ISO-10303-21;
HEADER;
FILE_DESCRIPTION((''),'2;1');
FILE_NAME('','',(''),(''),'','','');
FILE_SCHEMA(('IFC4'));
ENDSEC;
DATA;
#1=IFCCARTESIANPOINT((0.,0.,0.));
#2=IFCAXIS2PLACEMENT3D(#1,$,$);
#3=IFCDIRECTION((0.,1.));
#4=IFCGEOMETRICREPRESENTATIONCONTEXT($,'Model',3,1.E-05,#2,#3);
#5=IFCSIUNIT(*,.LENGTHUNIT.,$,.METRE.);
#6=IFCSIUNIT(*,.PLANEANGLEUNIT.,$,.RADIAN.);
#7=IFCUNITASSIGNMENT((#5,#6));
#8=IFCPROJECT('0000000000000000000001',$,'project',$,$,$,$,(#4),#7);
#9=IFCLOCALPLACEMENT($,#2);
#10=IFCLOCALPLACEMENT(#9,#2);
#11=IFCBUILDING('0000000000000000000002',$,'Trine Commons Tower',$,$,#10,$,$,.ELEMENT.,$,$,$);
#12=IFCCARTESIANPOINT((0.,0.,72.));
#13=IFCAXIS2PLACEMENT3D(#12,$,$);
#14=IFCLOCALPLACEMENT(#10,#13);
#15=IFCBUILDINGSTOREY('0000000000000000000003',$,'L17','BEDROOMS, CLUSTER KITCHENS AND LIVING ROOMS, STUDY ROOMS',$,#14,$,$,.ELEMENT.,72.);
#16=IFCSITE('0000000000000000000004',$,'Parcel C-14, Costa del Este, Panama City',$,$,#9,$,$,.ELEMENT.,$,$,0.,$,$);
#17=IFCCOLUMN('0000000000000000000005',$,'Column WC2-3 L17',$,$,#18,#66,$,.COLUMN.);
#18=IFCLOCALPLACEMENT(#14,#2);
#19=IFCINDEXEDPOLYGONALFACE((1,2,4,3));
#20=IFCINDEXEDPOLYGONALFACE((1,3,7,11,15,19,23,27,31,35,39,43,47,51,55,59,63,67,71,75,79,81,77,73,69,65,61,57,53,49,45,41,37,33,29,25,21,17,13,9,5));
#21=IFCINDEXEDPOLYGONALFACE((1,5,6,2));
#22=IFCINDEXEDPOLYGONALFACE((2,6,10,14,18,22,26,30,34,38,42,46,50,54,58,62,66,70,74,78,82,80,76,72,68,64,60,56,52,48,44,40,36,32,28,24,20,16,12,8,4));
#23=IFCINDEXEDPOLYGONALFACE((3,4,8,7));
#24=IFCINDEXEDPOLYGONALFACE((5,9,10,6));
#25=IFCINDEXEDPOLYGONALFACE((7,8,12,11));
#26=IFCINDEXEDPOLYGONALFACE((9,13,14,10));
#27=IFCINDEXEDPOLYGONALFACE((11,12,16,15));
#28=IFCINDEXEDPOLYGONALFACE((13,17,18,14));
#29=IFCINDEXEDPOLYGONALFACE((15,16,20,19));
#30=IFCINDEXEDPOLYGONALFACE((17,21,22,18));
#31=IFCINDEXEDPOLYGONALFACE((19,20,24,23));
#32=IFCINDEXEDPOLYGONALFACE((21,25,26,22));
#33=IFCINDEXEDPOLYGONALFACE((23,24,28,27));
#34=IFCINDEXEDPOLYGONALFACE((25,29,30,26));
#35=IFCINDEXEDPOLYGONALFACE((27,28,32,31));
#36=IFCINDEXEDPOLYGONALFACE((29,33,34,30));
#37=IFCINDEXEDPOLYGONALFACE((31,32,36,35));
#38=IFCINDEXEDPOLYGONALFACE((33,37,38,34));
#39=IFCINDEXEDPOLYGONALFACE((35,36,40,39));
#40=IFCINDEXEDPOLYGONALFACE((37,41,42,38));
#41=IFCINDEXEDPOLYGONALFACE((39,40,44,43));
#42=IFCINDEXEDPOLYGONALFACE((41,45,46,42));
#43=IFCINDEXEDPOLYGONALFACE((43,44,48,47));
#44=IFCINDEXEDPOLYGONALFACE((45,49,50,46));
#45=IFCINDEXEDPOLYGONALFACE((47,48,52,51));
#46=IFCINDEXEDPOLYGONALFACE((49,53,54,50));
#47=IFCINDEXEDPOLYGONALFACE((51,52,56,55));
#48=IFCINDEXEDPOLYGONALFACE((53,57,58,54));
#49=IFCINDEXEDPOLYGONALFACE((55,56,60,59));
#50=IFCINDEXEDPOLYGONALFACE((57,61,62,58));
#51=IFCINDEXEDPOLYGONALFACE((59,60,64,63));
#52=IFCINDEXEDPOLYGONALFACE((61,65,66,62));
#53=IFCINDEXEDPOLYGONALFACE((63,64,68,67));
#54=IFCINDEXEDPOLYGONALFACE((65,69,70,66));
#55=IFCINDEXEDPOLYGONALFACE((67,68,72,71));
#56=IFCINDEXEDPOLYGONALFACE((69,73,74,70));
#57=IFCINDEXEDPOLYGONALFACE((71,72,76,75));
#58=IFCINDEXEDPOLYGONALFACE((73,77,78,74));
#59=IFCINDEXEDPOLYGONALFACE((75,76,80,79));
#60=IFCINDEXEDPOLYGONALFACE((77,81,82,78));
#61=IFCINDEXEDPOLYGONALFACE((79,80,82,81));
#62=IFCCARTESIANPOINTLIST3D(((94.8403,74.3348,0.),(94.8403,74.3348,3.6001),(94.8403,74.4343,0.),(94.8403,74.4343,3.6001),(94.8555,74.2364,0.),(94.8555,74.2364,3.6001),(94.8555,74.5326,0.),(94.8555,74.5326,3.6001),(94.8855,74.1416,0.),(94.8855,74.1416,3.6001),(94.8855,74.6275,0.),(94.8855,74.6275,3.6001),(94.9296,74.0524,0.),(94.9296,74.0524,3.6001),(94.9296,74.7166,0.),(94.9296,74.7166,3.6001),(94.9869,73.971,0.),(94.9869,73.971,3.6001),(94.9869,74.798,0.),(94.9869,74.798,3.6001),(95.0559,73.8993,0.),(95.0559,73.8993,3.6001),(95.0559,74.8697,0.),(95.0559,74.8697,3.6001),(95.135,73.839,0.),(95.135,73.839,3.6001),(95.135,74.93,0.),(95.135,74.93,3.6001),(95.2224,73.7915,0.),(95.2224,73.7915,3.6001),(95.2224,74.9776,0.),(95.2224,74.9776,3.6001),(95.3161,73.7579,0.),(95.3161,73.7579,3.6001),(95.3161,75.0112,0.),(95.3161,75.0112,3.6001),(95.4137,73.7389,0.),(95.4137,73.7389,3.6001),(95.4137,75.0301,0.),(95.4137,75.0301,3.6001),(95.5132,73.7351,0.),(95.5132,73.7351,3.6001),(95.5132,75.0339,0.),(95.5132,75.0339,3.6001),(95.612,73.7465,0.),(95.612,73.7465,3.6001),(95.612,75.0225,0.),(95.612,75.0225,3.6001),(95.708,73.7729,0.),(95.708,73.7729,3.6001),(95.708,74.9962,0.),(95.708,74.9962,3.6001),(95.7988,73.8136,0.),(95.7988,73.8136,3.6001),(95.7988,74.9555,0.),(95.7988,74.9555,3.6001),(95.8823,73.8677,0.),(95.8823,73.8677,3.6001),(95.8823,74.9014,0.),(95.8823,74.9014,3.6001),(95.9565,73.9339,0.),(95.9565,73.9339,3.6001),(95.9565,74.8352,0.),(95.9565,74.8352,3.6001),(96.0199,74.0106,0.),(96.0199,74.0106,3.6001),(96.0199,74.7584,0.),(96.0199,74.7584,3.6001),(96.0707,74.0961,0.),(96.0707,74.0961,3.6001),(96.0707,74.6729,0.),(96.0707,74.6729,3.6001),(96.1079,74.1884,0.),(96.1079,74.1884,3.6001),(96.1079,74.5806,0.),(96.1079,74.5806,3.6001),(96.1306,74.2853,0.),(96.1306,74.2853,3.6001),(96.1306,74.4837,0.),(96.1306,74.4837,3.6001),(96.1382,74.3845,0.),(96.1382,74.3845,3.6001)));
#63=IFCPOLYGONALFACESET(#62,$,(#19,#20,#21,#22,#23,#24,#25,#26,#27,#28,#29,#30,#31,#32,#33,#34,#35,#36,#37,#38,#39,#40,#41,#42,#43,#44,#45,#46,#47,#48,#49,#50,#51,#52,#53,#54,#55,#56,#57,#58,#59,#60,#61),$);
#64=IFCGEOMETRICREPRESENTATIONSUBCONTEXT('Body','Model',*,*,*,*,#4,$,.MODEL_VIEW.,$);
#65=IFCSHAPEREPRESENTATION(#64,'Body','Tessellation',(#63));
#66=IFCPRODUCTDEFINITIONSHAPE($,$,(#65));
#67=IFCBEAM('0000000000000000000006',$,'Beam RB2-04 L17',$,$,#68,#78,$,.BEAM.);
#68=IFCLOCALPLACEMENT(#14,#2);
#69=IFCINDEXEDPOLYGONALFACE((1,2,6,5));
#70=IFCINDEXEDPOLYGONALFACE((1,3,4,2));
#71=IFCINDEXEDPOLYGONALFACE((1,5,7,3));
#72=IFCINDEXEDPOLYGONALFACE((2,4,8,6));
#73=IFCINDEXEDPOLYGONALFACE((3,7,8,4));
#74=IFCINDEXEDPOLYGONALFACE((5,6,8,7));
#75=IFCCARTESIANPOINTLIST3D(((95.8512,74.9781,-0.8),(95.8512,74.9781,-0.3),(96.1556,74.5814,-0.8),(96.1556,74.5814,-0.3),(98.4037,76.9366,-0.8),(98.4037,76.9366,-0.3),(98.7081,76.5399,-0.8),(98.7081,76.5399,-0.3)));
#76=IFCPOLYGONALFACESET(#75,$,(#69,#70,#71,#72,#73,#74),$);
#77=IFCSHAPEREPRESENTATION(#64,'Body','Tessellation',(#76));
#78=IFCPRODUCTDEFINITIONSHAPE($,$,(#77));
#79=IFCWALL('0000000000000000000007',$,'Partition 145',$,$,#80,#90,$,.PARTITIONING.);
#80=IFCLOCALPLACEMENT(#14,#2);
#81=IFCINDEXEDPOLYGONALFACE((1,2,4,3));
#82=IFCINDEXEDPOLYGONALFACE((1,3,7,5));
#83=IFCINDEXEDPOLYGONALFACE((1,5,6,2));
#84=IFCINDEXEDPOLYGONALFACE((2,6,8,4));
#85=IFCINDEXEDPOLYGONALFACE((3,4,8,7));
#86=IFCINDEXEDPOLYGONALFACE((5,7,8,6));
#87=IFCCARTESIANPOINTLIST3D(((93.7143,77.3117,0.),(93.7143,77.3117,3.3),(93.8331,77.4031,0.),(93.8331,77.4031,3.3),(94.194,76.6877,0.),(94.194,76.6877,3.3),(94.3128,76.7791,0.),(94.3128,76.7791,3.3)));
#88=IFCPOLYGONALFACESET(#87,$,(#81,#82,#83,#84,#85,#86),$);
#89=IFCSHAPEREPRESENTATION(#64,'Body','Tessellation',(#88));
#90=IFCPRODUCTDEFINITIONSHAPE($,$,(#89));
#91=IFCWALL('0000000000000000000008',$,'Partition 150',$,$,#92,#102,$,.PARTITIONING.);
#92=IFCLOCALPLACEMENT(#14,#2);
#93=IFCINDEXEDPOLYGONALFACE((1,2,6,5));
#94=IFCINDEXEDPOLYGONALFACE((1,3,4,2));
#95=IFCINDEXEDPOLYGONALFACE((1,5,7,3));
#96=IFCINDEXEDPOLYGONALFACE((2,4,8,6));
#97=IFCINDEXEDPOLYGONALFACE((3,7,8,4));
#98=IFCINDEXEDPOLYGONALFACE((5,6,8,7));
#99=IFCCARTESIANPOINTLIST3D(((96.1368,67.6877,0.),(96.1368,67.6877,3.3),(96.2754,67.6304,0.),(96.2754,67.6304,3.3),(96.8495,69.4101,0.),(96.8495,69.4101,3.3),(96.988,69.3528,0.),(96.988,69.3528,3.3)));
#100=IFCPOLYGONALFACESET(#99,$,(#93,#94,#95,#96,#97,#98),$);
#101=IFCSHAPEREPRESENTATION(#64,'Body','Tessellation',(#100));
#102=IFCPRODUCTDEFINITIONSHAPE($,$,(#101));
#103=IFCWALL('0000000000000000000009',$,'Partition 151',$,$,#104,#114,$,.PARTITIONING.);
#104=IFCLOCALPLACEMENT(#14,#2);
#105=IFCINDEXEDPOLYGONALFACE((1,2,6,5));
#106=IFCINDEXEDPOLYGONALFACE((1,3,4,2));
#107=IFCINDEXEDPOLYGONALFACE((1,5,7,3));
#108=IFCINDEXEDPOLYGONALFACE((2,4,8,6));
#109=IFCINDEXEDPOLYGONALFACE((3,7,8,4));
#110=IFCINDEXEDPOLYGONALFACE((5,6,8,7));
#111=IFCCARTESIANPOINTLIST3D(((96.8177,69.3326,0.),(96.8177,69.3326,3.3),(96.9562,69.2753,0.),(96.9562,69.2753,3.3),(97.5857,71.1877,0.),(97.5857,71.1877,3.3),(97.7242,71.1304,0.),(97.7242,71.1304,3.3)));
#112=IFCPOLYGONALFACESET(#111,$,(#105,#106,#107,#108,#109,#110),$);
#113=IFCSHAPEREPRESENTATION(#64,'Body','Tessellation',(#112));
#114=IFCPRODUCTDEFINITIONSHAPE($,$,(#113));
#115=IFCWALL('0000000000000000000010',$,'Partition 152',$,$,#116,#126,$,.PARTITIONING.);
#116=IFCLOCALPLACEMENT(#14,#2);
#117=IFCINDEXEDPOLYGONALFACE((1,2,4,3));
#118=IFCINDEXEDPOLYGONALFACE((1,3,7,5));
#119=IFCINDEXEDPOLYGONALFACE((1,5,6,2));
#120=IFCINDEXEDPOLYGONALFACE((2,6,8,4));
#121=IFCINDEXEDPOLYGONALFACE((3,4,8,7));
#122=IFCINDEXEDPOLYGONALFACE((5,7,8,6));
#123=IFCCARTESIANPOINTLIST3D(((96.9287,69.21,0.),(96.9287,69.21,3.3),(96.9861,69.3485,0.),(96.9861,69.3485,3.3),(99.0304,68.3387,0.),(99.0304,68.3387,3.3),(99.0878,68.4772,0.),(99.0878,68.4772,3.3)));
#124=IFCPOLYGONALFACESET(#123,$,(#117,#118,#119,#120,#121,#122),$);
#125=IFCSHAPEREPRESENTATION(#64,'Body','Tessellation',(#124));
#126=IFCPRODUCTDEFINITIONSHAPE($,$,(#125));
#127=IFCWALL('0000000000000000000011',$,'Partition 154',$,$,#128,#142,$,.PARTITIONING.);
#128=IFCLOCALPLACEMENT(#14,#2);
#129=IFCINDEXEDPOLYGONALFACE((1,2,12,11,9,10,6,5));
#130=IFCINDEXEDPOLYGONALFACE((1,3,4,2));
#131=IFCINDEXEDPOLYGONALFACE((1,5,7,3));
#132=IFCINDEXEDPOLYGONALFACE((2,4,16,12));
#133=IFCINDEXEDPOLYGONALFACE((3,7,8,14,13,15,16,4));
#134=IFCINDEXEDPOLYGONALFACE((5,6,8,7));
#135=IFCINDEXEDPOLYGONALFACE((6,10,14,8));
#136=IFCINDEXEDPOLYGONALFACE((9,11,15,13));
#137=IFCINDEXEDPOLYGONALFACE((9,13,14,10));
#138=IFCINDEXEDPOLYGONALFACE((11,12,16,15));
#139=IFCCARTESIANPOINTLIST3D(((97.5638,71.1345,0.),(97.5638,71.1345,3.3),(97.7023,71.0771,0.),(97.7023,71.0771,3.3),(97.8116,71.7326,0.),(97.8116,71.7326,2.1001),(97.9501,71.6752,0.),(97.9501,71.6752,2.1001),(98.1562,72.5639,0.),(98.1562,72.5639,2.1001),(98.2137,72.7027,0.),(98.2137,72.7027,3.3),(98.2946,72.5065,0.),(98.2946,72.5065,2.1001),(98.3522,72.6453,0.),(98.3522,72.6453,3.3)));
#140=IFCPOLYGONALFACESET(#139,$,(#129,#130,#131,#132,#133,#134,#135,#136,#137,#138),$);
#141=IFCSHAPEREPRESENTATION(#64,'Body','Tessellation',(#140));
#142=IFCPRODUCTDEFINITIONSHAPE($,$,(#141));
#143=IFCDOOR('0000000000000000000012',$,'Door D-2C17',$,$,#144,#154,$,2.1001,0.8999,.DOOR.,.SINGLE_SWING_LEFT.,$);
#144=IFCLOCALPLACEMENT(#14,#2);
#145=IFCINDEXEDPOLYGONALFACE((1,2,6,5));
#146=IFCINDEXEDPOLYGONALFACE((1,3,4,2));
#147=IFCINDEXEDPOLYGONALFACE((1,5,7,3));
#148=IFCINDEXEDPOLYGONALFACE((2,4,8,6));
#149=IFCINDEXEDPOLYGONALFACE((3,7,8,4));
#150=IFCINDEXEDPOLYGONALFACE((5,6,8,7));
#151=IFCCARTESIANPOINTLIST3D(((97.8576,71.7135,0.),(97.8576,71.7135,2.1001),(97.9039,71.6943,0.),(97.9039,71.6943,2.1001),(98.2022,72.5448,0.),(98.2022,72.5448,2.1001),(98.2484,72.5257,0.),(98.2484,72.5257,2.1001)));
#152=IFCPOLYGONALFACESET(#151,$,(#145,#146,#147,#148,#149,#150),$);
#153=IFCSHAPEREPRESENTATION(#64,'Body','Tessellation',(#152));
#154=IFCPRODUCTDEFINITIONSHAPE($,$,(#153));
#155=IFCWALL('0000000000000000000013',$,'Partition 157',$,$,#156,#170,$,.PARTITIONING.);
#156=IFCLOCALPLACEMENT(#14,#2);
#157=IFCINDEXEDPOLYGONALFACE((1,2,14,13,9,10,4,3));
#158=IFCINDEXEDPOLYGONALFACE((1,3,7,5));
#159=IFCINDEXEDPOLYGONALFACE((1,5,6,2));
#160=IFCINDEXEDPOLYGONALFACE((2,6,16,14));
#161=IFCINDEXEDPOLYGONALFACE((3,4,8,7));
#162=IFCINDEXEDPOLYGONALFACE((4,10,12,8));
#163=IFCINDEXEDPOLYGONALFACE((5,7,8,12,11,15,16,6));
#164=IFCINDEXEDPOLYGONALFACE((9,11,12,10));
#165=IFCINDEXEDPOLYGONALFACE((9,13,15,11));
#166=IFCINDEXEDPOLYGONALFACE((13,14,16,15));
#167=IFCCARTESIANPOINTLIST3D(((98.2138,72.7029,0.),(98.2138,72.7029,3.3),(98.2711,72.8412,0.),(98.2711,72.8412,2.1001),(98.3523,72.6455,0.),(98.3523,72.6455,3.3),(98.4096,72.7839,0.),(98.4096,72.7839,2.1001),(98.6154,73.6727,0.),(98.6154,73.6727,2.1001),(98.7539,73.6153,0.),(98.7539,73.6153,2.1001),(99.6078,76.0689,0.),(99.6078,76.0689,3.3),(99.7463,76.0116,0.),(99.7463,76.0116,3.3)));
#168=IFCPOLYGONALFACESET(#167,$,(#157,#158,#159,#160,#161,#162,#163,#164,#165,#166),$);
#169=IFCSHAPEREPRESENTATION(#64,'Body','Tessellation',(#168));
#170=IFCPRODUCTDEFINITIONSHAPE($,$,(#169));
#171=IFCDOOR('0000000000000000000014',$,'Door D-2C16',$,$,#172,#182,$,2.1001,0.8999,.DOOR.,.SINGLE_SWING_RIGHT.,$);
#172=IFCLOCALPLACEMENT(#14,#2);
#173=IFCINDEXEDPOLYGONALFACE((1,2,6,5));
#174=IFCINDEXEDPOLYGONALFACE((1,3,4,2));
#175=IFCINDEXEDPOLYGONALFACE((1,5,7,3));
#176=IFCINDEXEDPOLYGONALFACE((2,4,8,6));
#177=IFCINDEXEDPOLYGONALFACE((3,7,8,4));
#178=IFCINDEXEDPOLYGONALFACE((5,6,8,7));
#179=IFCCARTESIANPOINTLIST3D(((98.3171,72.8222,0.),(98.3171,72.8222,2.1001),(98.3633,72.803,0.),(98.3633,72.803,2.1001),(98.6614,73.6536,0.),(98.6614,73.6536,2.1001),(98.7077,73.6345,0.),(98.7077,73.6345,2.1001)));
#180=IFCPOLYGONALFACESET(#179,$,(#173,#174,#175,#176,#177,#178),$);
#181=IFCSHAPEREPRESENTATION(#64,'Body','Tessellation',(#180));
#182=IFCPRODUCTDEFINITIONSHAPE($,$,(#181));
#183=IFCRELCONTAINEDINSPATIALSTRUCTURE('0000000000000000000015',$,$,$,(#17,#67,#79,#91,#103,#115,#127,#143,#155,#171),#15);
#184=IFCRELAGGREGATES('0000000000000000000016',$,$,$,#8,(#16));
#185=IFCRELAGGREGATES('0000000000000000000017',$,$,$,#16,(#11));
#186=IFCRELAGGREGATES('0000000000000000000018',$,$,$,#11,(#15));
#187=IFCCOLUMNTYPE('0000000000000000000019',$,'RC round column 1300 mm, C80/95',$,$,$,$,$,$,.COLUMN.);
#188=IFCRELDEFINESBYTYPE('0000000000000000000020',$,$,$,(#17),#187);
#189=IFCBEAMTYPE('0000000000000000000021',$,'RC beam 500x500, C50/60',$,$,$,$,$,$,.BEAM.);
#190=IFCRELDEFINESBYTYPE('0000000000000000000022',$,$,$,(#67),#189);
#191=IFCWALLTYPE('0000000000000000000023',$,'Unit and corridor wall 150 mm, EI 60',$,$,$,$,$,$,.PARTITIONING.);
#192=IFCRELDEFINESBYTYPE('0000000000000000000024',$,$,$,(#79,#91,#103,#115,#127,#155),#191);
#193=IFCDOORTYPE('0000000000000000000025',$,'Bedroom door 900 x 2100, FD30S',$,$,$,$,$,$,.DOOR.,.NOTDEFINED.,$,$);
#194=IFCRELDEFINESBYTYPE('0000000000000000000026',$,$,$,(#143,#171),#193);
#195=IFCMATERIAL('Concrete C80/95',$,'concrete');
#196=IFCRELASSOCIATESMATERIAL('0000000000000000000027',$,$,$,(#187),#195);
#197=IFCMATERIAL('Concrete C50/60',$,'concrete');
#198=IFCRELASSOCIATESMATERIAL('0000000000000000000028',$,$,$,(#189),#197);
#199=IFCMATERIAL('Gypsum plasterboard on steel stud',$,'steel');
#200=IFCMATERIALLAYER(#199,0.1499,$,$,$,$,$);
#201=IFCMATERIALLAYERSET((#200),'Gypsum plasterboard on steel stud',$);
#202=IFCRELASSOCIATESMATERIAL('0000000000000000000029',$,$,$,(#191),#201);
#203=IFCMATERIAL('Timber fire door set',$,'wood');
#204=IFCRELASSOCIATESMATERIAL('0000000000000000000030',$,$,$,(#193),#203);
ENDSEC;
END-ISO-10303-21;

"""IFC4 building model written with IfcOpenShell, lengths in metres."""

from ifc_helpers import new_model, si_unit, direction, frame, frame_2d, origin, origin_2d, place, context, subcontext, project, spatial, rectangle, circle, extrude, material, layer, layer_set, material_profile, profile_set, type_object, element, fill, save


model = new_model("IFC4")

# Units and contexts
model_context = context("Model", 3, precision=1e-05, world=origin(), true_north=direction((0.0, 1.0)))
body_context = subcontext(model_context, "Body", "Model", "MODEL_VIEW")
ifc_project = project(units=[si_unit("LENGTHUNIT", "METRE"), si_unit("PLANEANGLEUNIT", "RADIAN")], contexts=[model_context])

# Site, building, storey
site_placement = place(None, origin())
site = spatial("IfcSite", under=ifc_project, at=site_placement, Name="Parcel C-14, Costa del Este, Panama City", CompositionType="ELEMENT", RefElevation=0.0)
building_placement = place(site_placement, origin())
building = spatial("IfcBuilding", under=site, at=building_placement, Name="Trine Commons Tower", CompositionType="ELEMENT")
storey_placement = place(building_placement, frame((0.0, 0.0, 72.0)))
storey = spatial("IfcBuildingStorey", under=building, at=storey_placement, Name="L17", Description="BEDROOMS, CLUSTER KITCHENS AND LIVING ROOMS, STUDY ROOMS", CompositionType="ELEMENT", Elevation=72.0)

# Column
ifc_material_1 = material(Name="Concrete C80/95", Category="concrete")
ifc_material_profile_1 = material_profile(ifc_material_1, circle(Radius=0.6499, at=origin_2d()), Name="RC round 1300")
ifc_profile_set_1 = profile_set([ifc_material_profile_1], Name="Concrete C80/95")
column_type = type_object("IfcColumnType", Name="RC round column 1300 mm, C80/95", PredefinedType="COLUMN", material=ifc_profile_set_1)
column_placement = place(storey_placement, frame((95.4883, 74.3845, 0.0), z_axis=(0.0, 0.0, 1.0), x_axis=(1.0, 0.0, 0.0)))
element("IfcColumn", 1, at=column_placement, inside=storey, type_object=column_type, Name="Column WC2-3 L17", PredefinedType="COLUMN", context=body_context, shape_type="SweptSolid", body=[
    extrude(circle(Radius=0.6499, at=origin_2d()), origin(), (0.0, 0.0, 1.0), 3.6001),
])

# Beam
ifc_material_2 = material(Name="Concrete C50/60", Category="concrete")
ifc_material_profile_2 = material_profile(ifc_material_2, rectangle(XDim=0.5, YDim=0.5, at=origin_2d()), Name="RC 500x500")
ifc_profile_set_2 = profile_set([ifc_material_profile_2], Name="Concrete C50/60")
beam_type = type_object("IfcBeamType", Name="RC beam 500x500, C50/60", PredefinedType="BEAM", material=ifc_profile_set_2)
beam_placement = place(storey_placement, frame((96.0034, 74.7798, -0.55), z_axis=(0.793368, 0.608742, 0.0), x_axis=(-0.608742, 0.793368, 0.0)))
element("IfcBeam", 2, at=beam_placement, inside=storey, type_object=beam_type, Name="Beam RB2-04 L17", PredefinedType="BEAM", context=body_context, shape_type="SweptSolid", body=[
    extrude(rectangle(XDim=0.5, YDim=0.5, at=origin_2d()), origin(), (0.0, 0.0, 1.0), 3.2173),
])

# Walls
ifc_material_3 = material(Name="Gypsum plasterboard on steel stud", Category="steel")
ifc_layer_1 = layer(ifc_material_3, 0.1499)
ifc_layer_set_1 = layer_set([ifc_layer_1], Name="Gypsum plasterboard on steel stud")
wall_type_1 = type_object("IfcWallType", Name="Unit and corridor wall 150 mm, EI 60", PredefinedType="PARTITIONING", material=ifc_layer_set_1)
wall_1_placement = place(storey_placement, frame((93.7737, 77.3574, 0.0), z_axis=(0.0, 0.0, 1.0), x_axis=(0.609486, -0.792797, 0.0)))
element("IfcWall", 3, at=wall_1_placement, inside=storey, type_object=wall_type_1, Name="Partition 145", PredefinedType="PARTITIONING", context=body_context, shape_type="SweptSolid", body=[
    extrude(rectangle(XDim=0.7871, YDim=0.1499, at=frame_2d((0.3936, 0.0))), origin(), (0.0, 0.0, 1.0), 3.3),
])
wall_2_placement = place(storey_placement, frame((96.2061, 67.6589, 0.0), z_axis=(0.0, 0.0, 1.0), x_axis=(0.382317, 0.924031, 0.0)))
element("IfcWall", 4, at=wall_2_placement, inside=storey, type_object=wall_type_1, Name="Partition 150", PredefinedType="PARTITIONING", context=body_context, shape_type="SweptSolid", body=[
    extrude(rectangle(XDim=1.864, YDim=0.1499, at=frame_2d((0.9321, 0.0))), origin(), (0.0, 0.0, 1.0), 3.3),
])
wall_3_placement = place(storey_placement, frame((96.887, 69.304, 0.0), z_axis=(0.0, 0.0, 1.0), x_axis=(0.382516, 0.923949, 0.0)))
element("IfcWall", 5, at=wall_3_placement, inside=storey, type_object=wall_type_1, Name="Partition 151", PredefinedType="PARTITIONING", context=body_context, shape_type="SweptSolid", body=[
    extrude(rectangle(XDim=2.0078, YDim=0.1499, at=frame_2d((1.0039, 0.0))), origin(), (0.0, 0.0, 1.0), 3.3),
])
wall_4_placement = place(storey_placement, frame((96.9573, 69.2793, 0.0), z_axis=(0.0, 0.0, 1.0), x_axis=(0.923764, -0.382961, 0.0)))
element("IfcWall", 6, at=wall_4_placement, inside=storey, type_object=wall_type_1, Name="Partition 152", PredefinedType="PARTITIONING", context=body_context, shape_type="SweptSolid", body=[
    extrude(rectangle(XDim=2.2751, YDim=0.1499, at=frame_2d((1.1377, 0.0))), origin(), (0.0, 0.0, 1.0), 3.3),
])

# Walls, openings, doors
wall_5_placement = place(storey_placement, frame((97.6331, 71.106, 0.0), z_axis=(0.0, 0.0, 1.0), x_axis=(0.382868, 0.923803, 0.0)))
wall_5 = element("IfcWall", 7, at=wall_5_placement, inside=storey, type_object=wall_type_1, Name="Partition 154", PredefinedType="PARTITIONING", context=body_context, shape_type="SweptSolid", body=[
    extrude(rectangle(XDim=1.6975, YDim=0.1499, at=frame_2d((0.8486, 0.0))), origin(), (0.0, 0.0, 1.0), 3.3),
])
opening_1_placement = place(wall_5_placement, frame((0.6472, 0.0, 0.0)))
opening_1 = element("IfcOpeningElement", 8, at=opening_1_placement, cuts=wall_5, PredefinedType="OPENING", context=body_context, shape_type="SweptSolid", body=[
    extrude(rectangle(XDim=0.8999, YDim=2.1001, at=frame_2d((0.45, 1.05))), frame((0.0, 0.085, 0.0), z_axis=(0.0, -1.0, 0.0), x_axis=(1.0, 0.0, 0.0)), (0.0, 0.0, 1.0), 0.1699),
])
ifc_material_4 = material(Name="Timber fire door set", Category="wood")
door_type_1 = type_object("IfcDoorType", Name="Bedroom door 900 x 2100, FD30S", OperationType="NOTDEFINED", PredefinedType="DOOR", material=ifc_material_4)
door_1_placement = place(opening_1_placement, frame((0.8999, 0.0, 0.0), z_axis=(0.0, 0.0, 1.0), x_axis=(-1.0, 0.0, 0.0)))
door_1 = element("IfcDoor", 9, at=door_1_placement, inside=storey, type_object=door_type_1, Name="Door D-2C17", OperationType="SINGLE_SWING_LEFT", OverallHeight=2.1001, OverallWidth=0.8999, PredefinedType="DOOR", context=body_context, shape_type="SweptSolid", body=[
    extrude(rectangle(XDim=0.8999, YDim=2.1001, at=frame_2d((0.45, 1.05))), frame((0.0, 0.0249, 0.0), z_axis=(0.0, -1.0, 0.0), x_axis=(1.0, 0.0, 0.0)), (0.0, 0.0, 1.0), 0.05),
])
fill(opening_1, door_1)
wall_6_placement = place(storey_placement, frame((98.283, 72.6741, 0.0), z_axis=(0.0, 0.0, 1.0), x_axis=(0.38264, 0.923898, 0.0)))
wall_6 = element("IfcWall", 10, at=wall_6_placement, inside=storey, type_object=wall_type_1, Name="Partition 157", PredefinedType="PARTITIONING", context=body_context, shape_type="SweptSolid", body=[
    extrude(rectangle(XDim=3.6433, YDim=0.1499, at=frame_2d((1.8218, 0.0))), origin(), (0.0, 0.0, 1.0), 3.3),
])
opening_2_placement = place(wall_6_placement, frame((0.1499, 0.0, 0.0)))
opening_2 = element("IfcOpeningElement", 11, at=opening_2_placement, cuts=wall_6, PredefinedType="OPENING", context=body_context, shape_type="SweptSolid", body=[
    extrude(rectangle(XDim=0.8999, YDim=2.1001, at=frame_2d((0.45, 1.05))), frame((0.0, 0.085, 0.0), z_axis=(0.0, -1.0, 0.0), x_axis=(1.0, 0.0, 0.0)), (0.0, 0.0, 1.0), 0.1699),
])
door_2_placement = place(opening_2_placement, frame((0.8999, 0.0, 0.0), z_axis=(0.0, 0.0, 1.0), x_axis=(-1.0, 0.0, 0.0)))
door_2 = element("IfcDoor", 12, at=door_2_placement, inside=storey, type_object=door_type_1, Name="Door D-2C16", OperationType="SINGLE_SWING_RIGHT", OverallHeight=2.1001, OverallWidth=0.8999, PredefinedType="DOOR", context=body_context, shape_type="SweptSolid", body=[
    extrude(rectangle(XDim=0.8999, YDim=2.1001, at=frame_2d((0.45, 1.05))), frame((0.0, 0.0249, 0.0), z_axis=(0.0, -1.0, 0.0), x_axis=(1.0, 0.0, 0.0)), (0.0, 0.0, 1.0), 0.05),
])
fill(opening_2, door_2)

save(model, "model.ifc")
